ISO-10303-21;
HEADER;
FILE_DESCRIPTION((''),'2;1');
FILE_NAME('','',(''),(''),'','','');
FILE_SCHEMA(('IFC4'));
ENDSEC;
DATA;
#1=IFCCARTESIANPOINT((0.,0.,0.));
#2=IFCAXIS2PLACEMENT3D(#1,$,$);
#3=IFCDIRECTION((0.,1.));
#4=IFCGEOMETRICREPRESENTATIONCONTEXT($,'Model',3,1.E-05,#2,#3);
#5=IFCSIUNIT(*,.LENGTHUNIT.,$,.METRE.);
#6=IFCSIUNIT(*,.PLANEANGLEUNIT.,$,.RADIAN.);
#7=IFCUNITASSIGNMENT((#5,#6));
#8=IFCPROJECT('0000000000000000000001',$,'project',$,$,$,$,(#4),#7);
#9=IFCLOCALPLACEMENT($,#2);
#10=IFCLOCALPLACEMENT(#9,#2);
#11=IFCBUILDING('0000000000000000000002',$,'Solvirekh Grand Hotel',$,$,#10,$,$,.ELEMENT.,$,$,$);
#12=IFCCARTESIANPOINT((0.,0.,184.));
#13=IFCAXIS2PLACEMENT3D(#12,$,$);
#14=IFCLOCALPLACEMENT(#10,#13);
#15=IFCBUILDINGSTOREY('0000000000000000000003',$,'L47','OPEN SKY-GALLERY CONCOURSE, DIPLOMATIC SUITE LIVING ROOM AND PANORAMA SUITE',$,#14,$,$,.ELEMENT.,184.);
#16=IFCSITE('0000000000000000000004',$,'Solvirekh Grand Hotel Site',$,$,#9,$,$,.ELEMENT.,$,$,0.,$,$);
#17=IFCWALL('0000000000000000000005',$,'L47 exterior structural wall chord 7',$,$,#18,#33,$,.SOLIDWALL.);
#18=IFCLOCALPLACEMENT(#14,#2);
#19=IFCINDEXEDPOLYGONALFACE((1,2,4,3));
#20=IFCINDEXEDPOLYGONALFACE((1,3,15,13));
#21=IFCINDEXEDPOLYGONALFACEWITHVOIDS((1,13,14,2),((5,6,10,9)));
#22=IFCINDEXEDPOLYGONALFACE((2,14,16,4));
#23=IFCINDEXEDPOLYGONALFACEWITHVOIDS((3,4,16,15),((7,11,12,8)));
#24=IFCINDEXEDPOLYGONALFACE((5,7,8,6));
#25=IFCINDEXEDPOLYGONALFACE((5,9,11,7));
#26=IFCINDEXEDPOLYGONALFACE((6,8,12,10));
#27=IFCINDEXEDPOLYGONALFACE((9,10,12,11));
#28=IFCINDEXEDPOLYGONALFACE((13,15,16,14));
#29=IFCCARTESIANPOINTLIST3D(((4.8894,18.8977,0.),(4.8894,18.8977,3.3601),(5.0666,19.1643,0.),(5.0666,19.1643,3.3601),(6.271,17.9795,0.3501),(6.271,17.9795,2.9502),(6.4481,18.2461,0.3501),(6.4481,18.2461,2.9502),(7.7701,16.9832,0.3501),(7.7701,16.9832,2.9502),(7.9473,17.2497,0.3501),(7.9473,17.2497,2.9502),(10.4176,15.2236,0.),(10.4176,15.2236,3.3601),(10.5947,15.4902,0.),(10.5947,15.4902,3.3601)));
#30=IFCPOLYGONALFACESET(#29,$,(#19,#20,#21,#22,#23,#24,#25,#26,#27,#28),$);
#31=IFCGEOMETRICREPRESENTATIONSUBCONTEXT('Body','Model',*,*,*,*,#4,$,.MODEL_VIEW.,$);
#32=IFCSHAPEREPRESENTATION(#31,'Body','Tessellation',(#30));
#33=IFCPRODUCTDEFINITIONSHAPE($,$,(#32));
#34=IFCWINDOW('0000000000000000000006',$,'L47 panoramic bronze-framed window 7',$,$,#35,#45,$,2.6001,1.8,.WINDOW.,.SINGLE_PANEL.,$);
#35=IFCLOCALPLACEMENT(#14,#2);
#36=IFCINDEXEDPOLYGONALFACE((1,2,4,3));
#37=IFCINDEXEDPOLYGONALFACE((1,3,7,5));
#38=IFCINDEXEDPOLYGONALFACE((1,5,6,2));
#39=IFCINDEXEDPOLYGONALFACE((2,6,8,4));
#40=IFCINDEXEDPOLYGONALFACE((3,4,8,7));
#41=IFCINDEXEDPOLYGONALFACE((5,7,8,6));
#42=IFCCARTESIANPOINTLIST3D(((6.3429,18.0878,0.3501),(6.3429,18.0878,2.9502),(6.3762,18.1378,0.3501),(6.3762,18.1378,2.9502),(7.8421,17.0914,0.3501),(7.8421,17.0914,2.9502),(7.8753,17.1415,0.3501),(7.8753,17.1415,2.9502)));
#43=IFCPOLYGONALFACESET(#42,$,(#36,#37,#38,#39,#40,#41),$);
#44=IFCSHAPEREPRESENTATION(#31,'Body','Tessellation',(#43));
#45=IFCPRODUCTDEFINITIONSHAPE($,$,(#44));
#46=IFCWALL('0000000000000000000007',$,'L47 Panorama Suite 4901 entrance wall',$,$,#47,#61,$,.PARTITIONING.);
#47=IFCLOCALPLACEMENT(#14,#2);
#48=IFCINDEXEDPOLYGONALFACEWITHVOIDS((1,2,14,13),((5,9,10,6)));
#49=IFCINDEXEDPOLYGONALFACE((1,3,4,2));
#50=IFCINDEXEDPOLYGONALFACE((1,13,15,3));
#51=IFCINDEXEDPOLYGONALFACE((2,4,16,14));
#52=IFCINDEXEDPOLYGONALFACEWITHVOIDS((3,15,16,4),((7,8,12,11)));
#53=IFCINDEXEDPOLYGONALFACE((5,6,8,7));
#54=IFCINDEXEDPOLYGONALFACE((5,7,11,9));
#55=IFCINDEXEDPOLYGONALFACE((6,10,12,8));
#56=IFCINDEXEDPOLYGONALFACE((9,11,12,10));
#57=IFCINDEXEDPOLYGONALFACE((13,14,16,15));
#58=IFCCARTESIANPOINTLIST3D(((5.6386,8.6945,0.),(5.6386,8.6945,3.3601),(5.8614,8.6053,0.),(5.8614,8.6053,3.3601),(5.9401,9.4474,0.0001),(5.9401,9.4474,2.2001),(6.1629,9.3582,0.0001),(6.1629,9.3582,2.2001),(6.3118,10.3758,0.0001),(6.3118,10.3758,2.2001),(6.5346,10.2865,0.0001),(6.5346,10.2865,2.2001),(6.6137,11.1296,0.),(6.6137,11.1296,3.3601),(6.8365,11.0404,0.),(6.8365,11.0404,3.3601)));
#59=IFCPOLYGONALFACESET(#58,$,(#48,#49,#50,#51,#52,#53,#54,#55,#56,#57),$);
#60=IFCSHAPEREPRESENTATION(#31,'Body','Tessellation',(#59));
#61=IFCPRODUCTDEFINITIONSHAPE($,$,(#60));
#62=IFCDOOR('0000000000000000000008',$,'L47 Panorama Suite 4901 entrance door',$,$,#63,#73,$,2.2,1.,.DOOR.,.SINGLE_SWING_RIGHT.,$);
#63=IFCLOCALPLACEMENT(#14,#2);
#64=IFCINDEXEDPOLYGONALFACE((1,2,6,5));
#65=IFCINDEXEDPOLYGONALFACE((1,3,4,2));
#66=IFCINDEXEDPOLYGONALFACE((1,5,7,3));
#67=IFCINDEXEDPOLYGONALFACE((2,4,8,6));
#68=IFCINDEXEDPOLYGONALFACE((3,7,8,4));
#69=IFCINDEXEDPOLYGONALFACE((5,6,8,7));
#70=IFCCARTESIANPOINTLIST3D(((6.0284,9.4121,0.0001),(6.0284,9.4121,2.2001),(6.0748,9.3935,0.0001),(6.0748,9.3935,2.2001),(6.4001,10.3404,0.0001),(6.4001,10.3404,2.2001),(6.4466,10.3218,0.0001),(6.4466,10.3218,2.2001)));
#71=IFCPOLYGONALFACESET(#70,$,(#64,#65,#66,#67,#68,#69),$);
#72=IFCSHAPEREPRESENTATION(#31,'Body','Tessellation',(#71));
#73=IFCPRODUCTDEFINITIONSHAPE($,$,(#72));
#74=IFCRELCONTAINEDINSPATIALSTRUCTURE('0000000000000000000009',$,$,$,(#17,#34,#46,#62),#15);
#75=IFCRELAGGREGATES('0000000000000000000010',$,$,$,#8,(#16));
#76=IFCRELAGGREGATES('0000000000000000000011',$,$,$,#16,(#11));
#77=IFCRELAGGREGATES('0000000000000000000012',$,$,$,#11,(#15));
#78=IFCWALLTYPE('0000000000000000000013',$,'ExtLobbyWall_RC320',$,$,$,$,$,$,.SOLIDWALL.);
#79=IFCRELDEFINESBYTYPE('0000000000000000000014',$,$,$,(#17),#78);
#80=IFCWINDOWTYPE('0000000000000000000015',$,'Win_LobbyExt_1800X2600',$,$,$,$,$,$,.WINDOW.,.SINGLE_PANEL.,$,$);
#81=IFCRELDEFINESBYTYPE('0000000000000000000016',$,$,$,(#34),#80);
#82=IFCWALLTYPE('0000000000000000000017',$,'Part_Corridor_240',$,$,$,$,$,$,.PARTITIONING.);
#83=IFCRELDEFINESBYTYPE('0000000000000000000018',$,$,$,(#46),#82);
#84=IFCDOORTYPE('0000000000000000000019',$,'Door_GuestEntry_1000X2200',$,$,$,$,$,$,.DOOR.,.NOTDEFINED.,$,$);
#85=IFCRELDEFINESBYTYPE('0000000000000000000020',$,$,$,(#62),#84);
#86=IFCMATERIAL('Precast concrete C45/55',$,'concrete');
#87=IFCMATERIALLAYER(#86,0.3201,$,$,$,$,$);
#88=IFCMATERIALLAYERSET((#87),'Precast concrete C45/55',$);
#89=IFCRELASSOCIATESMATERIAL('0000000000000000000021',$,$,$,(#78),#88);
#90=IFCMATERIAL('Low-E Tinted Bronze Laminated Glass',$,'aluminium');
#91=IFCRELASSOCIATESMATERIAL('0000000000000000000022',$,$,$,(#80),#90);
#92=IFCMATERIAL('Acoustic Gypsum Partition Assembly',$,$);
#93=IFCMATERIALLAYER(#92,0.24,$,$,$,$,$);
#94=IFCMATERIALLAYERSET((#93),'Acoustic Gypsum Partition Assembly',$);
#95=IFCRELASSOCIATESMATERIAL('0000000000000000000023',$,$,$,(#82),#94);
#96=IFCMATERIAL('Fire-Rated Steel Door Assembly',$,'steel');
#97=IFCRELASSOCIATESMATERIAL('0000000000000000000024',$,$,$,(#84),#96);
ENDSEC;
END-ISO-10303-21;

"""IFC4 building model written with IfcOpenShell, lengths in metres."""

from ifc_helpers import new_model, si_unit, direction, frame, frame_2d, origin, place, context, subcontext, project, spatial, rectangle, extrude, material, layer, layer_set, type_object, element, fill, save


model = new_model("IFC4")

# Units and contexts
model_context = context("Model", 3, precision=1e-05, world=origin(), true_north=direction((0.0, 1.0)))
body_context = subcontext(model_context, "Body", "Model", "MODEL_VIEW")
ifc_project = project(units=[si_unit("LENGTHUNIT", "METRE"), si_unit("PLANEANGLEUNIT", "RADIAN")], contexts=[model_context])

# Site, building, storey
site_placement = place(None, origin())
site = spatial("IfcSite", under=ifc_project, at=site_placement, Name="Solvirekh Grand Hotel Site", CompositionType="ELEMENT", RefElevation=0.0)
building_placement = place(site_placement, origin())
building = spatial("IfcBuilding", under=site, at=building_placement, Name="Solvirekh Grand Hotel", CompositionType="ELEMENT")
storey_placement = place(building_placement, frame((0.0, 0.0, 184.0)))
storey = spatial("IfcBuildingStorey", under=building, at=storey_placement, Name="L47", Description="OPEN SKY-GALLERY CONCOURSE, DIPLOMATIC SUITE LIVING ROOM AND PANORAMA SUITE", CompositionType="ELEMENT", Elevation=184.0)

# Shared definitions
ifc_material_1 = material(Name="Low-E Tinted Bronze Laminated Glass", Category="aluminium")

# Wall, opening, window
ifc_material_2 = material(Name="Precast concrete C45/55", Category="concrete")
ifc_layer_1 = layer(ifc_material_2, 0.3201)
ifc_layer_set_1 = layer_set([ifc_layer_1], Name="Precast concrete C45/55")
wall_type_1 = type_object("IfcWallType", Name="ExtLobbyWall_RC320", PredefinedType="SOLIDWALL", material=ifc_layer_set_1)
wall_1_placement = place(storey_placement, frame((4.978, 19.031, 0.0), z_axis=(0.0, 0.0, 1.0), x_axis=(0.832836, -0.55352, 0.0)))
wall_1 = element("IfcWall", 1, at=wall_1_placement, inside=storey, type_object=wall_type_1, Name="L47 exterior structural wall chord 7", PredefinedType="SOLIDWALL", context=body_context, shape_type="SweptSolid", body=[
    extrude(rectangle(XDim=6.6377, YDim=0.3201, at=frame_2d((3.3188, 0.0))), origin(), (0.0, 0.0, 1.0), 3.3601),
])
opening_1_placement = place(wall_1_placement, frame((1.6589, 0.0, 0.3501)))
opening_1 = element("IfcOpeningElement", 2, at=opening_1_placement, cuts=wall_1, PredefinedType="OPENING", context=body_context, shape_type="SweptSolid", body=[
    extrude(rectangle(XDim=1.8, YDim=2.6001, at=frame_2d((0.8999, 1.3))), frame((0.0, 0.1699, 0.0), z_axis=(0.0, -1.0, 0.0), x_axis=(1.0, 0.0, 0.0)), (0.0, 0.0, 1.0), 0.3401),
])
window_type = type_object("IfcWindowType", Name="Win_LobbyExt_1800X2600", PartitioningType="SINGLE_PANEL", PredefinedType="WINDOW", material=ifc_material_1)
window_placement = place(opening_1_placement, origin())
window = element("IfcWindow", 3, at=window_placement, inside=storey, type_object=window_type, Name="L47 panoramic bronze-framed window 7", OverallHeight=2.6001, OverallWidth=1.8, PartitioningType="SINGLE_PANEL", PredefinedType="WINDOW", context=body_context, shape_type="SweptSolid", body=[
    extrude(rectangle(XDim=1.8, YDim=2.6001, at=frame_2d((0.8999, 1.3))), frame((0.0, 0.03, 0.0), z_axis=(0.0, -1.0, 0.0), x_axis=(1.0, 0.0, 0.0)), (0.0, 0.0, 1.0), 0.0601),
])
fill(opening_1, window)

# Wall, opening, door
ifc_material_3 = material(Name="Acoustic Gypsum Partition Assembly")
ifc_layer_2 = layer(ifc_material_3, 0.24)
ifc_layer_set_2 = layer_set([ifc_layer_2], Name="Acoustic Gypsum Partition Assembly")
wall_type_2 = type_object("IfcWallType", Name="Part_Corridor_240", PredefinedType="PARTITIONING", material=ifc_layer_set_2)
wall_2_placement = place(storey_placement, frame((5.75, 8.6499, 0.0), z_axis=(0.0, 0.0, 1.0), x_axis=(0.371744, 0.928335, 0.0)))
wall_2 = element("IfcWall", 4, at=wall_2_placement, inside=storey, type_object=wall_type_2, Name="L47 Panorama Suite 4901 entrance wall", PredefinedType="PARTITIONING", context=body_context, shape_type="SweptSolid", body=[
    extrude(rectangle(XDim=2.623, YDim=0.24, at=frame_2d((1.3115, 0.0))), origin(), (0.0, 0.0, 1.0), 3.3601),
])
opening_2_placement = place(wall_2_placement, frame((0.811, 0.0, 0.0)))
opening_2 = element("IfcOpeningElement", 5, at=opening_2_placement, cuts=wall_2, PredefinedType="OPENING", context=body_context, shape_type="SweptSolid", body=[
    extrude(rectangle(XDim=1.0, YDim=2.2, at=frame_2d((0.5, 1.1001))), frame((0.0, 0.1299, 0.0), z_axis=(0.0, -1.0, 0.0), x_axis=(1.0, 0.0, 0.0)), (0.0, 0.0, 1.0), 0.26),
])
ifc_material_4 = material(Name="Fire-Rated Steel Door Assembly", Category="steel")
door_type = type_object("IfcDoorType", Name="Door_GuestEntry_1000X2200", OperationType="NOTDEFINED", PredefinedType="DOOR", material=ifc_material_4)
door_placement = place(opening_2_placement, origin())
door = element("IfcDoor", 6, at=door_placement, inside=storey, type_object=door_type, Name="L47 Panorama Suite 4901 entrance door", OperationType="SINGLE_SWING_RIGHT", OverallHeight=2.2, OverallWidth=1.0, PredefinedType="DOOR", context=body_context, shape_type="SweptSolid", body=[
    extrude(rectangle(XDim=1.0, YDim=2.2, at=frame_2d((0.5, 1.1001))), frame((0.0, 0.0249, 0.0), z_axis=(0.0, -1.0, 0.0), x_axis=(1.0, 0.0, 0.0)), (0.0, 0.0, 1.0), 0.05),
])
fill(opening_2, door)

save(model, "model.ifc")
